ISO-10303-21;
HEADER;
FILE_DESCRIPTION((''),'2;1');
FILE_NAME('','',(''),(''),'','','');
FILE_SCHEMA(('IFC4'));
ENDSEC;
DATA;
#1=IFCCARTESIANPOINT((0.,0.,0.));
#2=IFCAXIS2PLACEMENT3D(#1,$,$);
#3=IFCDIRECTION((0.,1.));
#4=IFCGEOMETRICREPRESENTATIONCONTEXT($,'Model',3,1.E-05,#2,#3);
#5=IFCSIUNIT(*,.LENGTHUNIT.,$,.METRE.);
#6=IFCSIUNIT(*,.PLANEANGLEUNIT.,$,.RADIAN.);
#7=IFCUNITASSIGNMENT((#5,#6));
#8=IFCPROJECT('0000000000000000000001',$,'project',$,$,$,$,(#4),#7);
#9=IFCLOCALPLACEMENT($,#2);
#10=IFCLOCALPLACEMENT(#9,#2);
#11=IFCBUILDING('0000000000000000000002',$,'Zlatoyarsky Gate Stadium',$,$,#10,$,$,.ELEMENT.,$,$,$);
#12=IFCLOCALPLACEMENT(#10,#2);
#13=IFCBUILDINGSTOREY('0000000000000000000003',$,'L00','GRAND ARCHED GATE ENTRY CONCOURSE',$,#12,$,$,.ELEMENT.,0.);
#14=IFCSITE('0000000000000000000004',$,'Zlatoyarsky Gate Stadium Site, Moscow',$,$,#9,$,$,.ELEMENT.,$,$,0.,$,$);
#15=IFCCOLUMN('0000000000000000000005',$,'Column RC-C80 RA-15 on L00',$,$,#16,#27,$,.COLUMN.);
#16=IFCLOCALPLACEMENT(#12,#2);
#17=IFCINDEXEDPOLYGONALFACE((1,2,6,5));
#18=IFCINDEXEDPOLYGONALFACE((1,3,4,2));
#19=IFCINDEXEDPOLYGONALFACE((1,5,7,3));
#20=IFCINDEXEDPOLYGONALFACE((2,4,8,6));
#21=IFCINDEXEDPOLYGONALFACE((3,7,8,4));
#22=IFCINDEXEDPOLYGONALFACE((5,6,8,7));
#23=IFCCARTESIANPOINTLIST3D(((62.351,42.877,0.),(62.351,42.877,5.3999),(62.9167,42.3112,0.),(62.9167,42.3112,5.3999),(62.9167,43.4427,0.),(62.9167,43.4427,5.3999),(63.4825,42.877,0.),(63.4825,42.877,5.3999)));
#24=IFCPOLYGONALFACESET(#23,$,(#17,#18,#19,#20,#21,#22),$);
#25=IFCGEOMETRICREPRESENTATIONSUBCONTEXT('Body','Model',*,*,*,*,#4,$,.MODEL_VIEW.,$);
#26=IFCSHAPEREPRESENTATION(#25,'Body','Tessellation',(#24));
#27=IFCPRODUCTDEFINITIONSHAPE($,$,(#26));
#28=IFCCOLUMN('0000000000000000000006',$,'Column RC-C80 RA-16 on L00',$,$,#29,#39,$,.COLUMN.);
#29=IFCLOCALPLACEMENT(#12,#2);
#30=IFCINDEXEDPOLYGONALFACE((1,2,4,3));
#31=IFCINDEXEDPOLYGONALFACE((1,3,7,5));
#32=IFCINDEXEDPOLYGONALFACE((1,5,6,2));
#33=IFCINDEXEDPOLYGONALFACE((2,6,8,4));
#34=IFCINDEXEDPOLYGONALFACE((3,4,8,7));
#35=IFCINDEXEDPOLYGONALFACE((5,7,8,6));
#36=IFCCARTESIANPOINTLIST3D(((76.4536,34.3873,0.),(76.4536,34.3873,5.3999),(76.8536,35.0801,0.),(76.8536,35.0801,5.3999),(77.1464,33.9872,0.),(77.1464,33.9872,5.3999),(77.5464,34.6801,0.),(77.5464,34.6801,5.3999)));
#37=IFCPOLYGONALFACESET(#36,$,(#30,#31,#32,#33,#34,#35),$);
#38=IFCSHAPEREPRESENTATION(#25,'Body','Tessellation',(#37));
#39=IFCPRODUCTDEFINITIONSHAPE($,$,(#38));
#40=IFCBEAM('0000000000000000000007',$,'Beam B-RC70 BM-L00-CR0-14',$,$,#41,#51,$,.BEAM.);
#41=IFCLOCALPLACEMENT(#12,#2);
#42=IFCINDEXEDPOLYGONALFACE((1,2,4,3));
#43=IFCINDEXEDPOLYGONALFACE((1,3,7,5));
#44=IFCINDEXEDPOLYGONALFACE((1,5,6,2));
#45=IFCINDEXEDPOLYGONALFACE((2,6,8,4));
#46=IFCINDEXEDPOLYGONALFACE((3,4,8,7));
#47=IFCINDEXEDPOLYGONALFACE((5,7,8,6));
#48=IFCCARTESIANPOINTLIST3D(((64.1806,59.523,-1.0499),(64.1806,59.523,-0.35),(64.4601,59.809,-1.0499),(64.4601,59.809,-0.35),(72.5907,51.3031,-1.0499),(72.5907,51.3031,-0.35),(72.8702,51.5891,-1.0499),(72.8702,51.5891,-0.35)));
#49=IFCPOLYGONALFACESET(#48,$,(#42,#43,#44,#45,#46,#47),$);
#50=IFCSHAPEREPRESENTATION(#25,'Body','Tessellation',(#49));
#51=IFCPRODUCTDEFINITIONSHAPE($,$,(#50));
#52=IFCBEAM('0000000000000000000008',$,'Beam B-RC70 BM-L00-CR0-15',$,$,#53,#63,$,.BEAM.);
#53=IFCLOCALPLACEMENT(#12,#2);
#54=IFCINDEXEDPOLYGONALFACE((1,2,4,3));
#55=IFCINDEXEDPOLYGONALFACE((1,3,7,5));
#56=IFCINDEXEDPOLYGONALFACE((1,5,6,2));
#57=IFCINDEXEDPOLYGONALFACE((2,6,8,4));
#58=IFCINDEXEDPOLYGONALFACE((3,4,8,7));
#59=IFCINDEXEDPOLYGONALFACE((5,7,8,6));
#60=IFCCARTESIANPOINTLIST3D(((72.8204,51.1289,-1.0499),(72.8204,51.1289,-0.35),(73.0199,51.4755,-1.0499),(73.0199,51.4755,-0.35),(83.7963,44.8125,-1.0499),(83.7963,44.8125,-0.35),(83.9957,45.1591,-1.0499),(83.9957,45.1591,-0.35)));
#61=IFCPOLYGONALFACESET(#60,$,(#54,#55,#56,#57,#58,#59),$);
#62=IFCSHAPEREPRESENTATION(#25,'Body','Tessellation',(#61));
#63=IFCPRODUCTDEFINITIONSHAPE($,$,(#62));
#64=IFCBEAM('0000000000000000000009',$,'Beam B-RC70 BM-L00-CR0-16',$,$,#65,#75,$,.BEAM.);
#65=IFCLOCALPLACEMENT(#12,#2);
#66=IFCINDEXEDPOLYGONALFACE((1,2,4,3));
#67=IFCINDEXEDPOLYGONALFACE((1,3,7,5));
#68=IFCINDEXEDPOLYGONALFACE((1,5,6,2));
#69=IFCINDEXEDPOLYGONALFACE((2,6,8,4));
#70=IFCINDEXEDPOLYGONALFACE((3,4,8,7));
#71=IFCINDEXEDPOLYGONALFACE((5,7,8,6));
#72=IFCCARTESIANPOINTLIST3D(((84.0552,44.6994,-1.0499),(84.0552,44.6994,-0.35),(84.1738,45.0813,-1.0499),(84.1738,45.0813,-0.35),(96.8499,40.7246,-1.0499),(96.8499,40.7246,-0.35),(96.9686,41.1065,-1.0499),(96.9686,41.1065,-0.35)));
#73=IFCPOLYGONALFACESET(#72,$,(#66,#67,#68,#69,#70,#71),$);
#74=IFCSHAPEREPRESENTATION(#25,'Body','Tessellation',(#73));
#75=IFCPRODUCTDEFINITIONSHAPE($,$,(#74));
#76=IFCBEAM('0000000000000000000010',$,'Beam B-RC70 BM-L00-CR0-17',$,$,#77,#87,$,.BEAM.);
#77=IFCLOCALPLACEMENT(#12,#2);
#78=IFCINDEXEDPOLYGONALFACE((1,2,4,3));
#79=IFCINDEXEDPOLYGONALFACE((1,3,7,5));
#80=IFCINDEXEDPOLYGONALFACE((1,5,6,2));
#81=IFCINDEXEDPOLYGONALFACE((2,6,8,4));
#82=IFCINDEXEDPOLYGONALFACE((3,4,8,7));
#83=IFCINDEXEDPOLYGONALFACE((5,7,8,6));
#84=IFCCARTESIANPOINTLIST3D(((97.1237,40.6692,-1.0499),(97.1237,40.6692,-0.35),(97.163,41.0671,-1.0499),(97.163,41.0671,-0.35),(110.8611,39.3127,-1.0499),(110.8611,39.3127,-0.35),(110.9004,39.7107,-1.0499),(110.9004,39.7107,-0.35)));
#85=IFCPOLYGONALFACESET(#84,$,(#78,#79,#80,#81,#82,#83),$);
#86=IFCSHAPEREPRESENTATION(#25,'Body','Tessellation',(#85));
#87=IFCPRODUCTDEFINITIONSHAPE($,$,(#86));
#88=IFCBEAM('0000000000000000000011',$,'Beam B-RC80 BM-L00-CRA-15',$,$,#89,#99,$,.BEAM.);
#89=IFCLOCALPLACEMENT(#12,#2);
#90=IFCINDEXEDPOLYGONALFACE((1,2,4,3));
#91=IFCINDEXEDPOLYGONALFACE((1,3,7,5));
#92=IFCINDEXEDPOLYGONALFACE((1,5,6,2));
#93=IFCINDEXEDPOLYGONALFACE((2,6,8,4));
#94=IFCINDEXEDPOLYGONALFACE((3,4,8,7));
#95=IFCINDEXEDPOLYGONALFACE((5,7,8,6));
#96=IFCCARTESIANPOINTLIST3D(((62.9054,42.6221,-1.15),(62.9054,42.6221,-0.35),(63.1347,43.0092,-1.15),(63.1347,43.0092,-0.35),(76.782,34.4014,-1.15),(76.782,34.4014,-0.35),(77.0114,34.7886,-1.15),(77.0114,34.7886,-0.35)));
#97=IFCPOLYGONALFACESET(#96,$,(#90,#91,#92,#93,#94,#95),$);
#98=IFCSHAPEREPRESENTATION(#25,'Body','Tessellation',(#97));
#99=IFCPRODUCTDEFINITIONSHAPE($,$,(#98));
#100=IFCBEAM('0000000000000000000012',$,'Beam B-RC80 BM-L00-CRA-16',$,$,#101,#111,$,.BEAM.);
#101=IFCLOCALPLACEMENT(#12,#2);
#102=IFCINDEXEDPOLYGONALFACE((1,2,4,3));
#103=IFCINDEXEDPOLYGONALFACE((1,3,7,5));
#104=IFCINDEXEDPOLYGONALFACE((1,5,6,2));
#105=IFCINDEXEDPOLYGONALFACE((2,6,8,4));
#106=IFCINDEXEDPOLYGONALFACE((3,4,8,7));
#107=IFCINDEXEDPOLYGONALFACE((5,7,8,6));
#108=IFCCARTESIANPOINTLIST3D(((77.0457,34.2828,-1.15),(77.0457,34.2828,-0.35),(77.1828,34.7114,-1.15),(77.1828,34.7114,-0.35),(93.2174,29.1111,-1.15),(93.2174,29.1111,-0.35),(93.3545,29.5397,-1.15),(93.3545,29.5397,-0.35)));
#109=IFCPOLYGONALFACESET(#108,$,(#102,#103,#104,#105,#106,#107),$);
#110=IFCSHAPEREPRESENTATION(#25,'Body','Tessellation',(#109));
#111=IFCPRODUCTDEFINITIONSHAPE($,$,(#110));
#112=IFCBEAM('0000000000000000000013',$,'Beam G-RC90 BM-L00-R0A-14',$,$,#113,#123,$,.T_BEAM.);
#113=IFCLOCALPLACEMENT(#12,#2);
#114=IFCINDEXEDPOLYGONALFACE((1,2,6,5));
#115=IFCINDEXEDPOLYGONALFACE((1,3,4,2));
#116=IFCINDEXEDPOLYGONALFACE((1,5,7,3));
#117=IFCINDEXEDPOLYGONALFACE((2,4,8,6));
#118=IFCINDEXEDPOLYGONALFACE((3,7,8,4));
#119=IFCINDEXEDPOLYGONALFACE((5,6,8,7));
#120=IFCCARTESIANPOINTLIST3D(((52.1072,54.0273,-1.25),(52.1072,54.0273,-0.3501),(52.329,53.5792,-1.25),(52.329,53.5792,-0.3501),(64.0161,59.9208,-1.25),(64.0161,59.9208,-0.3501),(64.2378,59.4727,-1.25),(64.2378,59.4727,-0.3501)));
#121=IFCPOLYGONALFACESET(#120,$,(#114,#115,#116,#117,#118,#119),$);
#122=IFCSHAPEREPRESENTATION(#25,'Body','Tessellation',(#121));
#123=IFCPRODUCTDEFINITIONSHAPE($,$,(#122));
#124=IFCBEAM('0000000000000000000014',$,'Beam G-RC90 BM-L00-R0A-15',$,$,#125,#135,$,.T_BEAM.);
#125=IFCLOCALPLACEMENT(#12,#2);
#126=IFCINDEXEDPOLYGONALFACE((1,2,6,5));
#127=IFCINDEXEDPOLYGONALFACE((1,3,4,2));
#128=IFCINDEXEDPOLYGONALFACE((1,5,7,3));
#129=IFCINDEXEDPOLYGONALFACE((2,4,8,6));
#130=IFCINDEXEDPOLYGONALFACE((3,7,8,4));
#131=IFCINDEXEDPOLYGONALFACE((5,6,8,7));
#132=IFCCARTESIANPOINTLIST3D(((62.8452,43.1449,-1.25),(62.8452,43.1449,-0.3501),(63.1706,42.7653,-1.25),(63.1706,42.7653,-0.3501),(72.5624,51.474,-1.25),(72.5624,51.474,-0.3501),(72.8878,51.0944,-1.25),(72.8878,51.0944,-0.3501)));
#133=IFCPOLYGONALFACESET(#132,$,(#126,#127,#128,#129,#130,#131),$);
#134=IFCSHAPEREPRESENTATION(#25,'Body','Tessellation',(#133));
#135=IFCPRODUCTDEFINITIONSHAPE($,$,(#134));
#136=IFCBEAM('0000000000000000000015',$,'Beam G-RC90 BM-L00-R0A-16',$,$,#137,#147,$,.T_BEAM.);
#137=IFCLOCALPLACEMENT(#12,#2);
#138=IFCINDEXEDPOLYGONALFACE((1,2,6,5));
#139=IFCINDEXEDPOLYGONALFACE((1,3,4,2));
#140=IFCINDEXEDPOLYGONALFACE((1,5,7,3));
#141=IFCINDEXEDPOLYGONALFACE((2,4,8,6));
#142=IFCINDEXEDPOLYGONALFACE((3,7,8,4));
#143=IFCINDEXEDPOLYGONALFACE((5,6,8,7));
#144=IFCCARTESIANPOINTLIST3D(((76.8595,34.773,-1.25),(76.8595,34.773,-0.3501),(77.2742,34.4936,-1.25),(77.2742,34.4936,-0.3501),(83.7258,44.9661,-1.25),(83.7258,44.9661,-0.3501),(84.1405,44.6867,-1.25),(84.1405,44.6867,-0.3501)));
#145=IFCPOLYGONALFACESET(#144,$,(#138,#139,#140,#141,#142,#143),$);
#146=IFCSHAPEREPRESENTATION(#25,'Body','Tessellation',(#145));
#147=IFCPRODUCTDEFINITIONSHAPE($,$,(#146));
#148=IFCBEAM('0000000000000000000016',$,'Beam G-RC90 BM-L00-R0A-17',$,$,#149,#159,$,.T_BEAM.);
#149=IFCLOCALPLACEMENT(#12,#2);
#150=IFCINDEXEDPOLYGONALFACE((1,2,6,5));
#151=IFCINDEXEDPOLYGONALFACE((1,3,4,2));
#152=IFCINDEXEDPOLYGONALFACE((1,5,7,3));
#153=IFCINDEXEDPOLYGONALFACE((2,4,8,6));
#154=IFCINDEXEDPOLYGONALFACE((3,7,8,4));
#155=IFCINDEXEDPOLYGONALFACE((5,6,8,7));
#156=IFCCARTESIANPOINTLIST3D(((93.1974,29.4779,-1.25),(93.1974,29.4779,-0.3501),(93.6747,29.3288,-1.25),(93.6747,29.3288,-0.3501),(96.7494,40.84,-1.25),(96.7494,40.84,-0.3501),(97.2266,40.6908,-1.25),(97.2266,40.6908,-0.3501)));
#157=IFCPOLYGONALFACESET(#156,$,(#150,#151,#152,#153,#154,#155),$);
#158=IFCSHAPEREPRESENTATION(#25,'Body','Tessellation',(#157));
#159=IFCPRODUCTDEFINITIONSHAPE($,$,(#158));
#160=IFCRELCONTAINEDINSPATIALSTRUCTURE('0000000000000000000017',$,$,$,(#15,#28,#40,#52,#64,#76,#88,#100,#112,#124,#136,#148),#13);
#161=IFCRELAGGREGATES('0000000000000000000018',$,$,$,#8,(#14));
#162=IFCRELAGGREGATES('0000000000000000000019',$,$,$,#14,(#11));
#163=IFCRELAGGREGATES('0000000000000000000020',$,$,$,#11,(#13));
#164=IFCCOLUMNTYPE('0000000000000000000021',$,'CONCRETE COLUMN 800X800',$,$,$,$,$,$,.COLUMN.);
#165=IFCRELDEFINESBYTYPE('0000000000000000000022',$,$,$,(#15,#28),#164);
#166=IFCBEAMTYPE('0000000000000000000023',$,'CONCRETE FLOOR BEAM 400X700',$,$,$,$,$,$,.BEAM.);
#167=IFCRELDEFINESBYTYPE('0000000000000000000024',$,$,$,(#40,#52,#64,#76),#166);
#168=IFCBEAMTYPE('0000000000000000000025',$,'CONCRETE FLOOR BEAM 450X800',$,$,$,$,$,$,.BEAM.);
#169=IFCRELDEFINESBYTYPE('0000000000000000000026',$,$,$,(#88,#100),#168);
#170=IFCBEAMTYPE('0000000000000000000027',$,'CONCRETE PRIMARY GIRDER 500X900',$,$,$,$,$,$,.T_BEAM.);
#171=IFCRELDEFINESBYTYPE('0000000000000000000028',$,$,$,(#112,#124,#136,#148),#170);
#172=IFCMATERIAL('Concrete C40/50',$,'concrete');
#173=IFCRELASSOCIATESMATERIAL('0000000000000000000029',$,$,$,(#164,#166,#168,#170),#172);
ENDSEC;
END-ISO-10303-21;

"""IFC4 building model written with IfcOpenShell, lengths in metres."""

from ifc_helpers import new_model, si_unit, direction, frame, origin, origin_2d, place, context, subcontext, project, spatial, rectangle, extrude, material, material_profile, profile_set, type_object, element, save


model = new_model("IFC4")

# Units and contexts
model_context = context("Model", 3, precision=1e-05, world=origin(), true_north=direction((0.0, 1.0)))
body_context = subcontext(model_context, "Body", "Model", "MODEL_VIEW")
ifc_project = project(units=[si_unit("LENGTHUNIT", "METRE"), si_unit("PLANEANGLEUNIT", "RADIAN")], contexts=[model_context])

# Site, building, storey
site_placement = place(None, origin())
site = spatial("IfcSite", under=ifc_project, at=site_placement, Name="Zlatoyarsky Gate Stadium Site, Moscow", CompositionType="ELEMENT", RefElevation=0.0)
building_placement = place(site_placement, origin())
building = spatial("IfcBuilding", under=site, at=building_placement, Name="Zlatoyarsky Gate Stadium", CompositionType="ELEMENT")
storey_placement = place(building_placement, origin())
storey = spatial("IfcBuildingStorey", under=building, at=storey_placement, Name="L00", Description="GRAND ARCHED GATE ENTRY CONCOURSE", CompositionType="ELEMENT", Elevation=0.0)

# Columns
ifc_material_1 = material(Name="Concrete C40/50", Category="concrete")
ifc_material_profile_1 = material_profile(ifc_material_1, rectangle(XDim=0.8, YDim=0.8, at=origin_2d()), Name="RC COL 800X800")
ifc_profile_set_1 = profile_set([ifc_material_profile_1], Name="Concrete C40/50")
column_type = type_object("IfcColumnType", Name="CONCRETE COLUMN 800X800", PredefinedType="COLUMN", material=ifc_profile_set_1)
for number, where, z_axis, x_axis, name in (
    (1, (62.9167, 42.877, 0.0), (0.0, 0.0, 1.0), (-0.707107, -0.707107, 0.0), "Column RC-C80 RA-15 on L00"),
    (2, (77.0, 34.5337, 0.0), (0.0, 0.0, 1.0), (-0.5, -0.866025, 0.0), "Column RC-C80 RA-16 on L00"),
):
    element("IfcColumn", number, at=place(storey_placement, frame(where, z_axis=z_axis, x_axis=x_axis)), inside=storey, type_object=column_type, Name=name, PredefinedType="COLUMN", context=body_context, shape_type="SweptSolid", body=[
        extrude(rectangle(XDim=0.8, YDim=0.8, at=origin_2d()), origin(), (0.0, 0.0, 1.0), 5.3999),
    ])

# Beams
ifc_material_profile_2 = material_profile(ifc_material_1, rectangle(XDim=0.3999, YDim=0.7, at=origin_2d()), Name="RC BEAM 400X700")
ifc_profile_set_2 = profile_set([ifc_material_profile_2], Name="Concrete C40/50")
beam_type_1 = type_object("IfcBeamType", Name="CONCRETE FLOOR BEAM 400X700", PredefinedType="BEAM", material=ifc_profile_set_2)
beam_1_placement = place(storey_placement, frame((64.3203, 59.666, -0.7), z_axis=(0.715147, -0.698974, 0.0), x_axis=(0.698974, 0.715147, 0.0)))
element("IfcBeam", 3, at=beam_1_placement, inside=storey, type_object=beam_type_1, Name="Beam B-RC70 BM-L00-CR0-14", PredefinedType="BEAM", context=body_context, shape_type="SweptSolid", body=[
    extrude(rectangle(XDim=0.3999, YDim=0.7, at=origin_2d()), origin(), (0.0, 0.0, 1.0), 11.76),
])
beam_2_placement = place(storey_placement, frame((72.9202, 51.3022, -0.7), z_axis=(0.866725, -0.498786, 0.0), x_axis=(0.498786, 0.866725, 0.0)))
element("IfcBeam", 4, at=beam_2_placement, inside=storey, type_object=beam_type_1, Name="Beam B-RC70 BM-L00-CR0-15", PredefinedType="BEAM", context=body_context, shape_type="SweptSolid", body=[
    extrude(rectangle(XDim=0.3999, YDim=0.7, at=origin_2d()), origin(), (0.0, 0.0, 1.0), 12.6636),
])
beam_3_placement = place(storey_placement, frame((84.1145, 44.8904, -0.7), z_axis=(0.954978, -0.296678, 0.0), x_axis=(0.296678, 0.954978, 0.0)))
element("IfcBeam", 5, at=beam_3_placement, inside=storey, type_object=beam_type_1, Name="Beam B-RC70 BM-L00-CR0-16", PredefinedType="BEAM", context=body_context, shape_type="SweptSolid", body=[
    extrude(rectangle(XDim=0.3999, YDim=0.7, at=origin_2d()), origin(), (0.0, 0.0, 1.0), 13.3979),
])
beam_4_placement = place(storey_placement, frame((97.1433, 40.8682, -0.7), z_axis=(0.99516, -0.098264, 0.0), x_axis=(0.098264, 0.99516, 0.0)))
element("IfcBeam", 6, at=beam_4_placement, inside=storey, type_object=beam_type_1, Name="Beam B-RC70 BM-L00-CR0-17", PredefinedType="BEAM", context=body_context, shape_type="SweptSolid", body=[
    extrude(rectangle(XDim=0.3999, YDim=0.7, at=origin_2d()), origin(), (0.0, 0.0, 1.0), 13.8042),
])
ifc_material_profile_3 = material_profile(ifc_material_1, rectangle(XDim=0.45, YDim=0.8, at=origin_2d()), Name="RC BEAM 450X800")
ifc_profile_set_3 = profile_set([ifc_material_profile_3], Name="Concrete C40/50")
beam_type_2 = type_object("IfcBeamType", Name="CONCRETE FLOOR BEAM 450X800", PredefinedType="BEAM", material=ifc_profile_set_3)
beam_5_placement = place(storey_placement, frame((63.02, 42.8157, -0.75), z_axis=(0.86036, -0.509686, 0.0), x_axis=(0.509686, 0.86036, 0.0)))
element("IfcBeam", 7, at=beam_5_placement, inside=storey, type_object=beam_type_2, Name="Beam B-RC80 BM-L00-CRA-15", PredefinedType="BEAM", context=body_context, shape_type="SweptSolid", body=[
    extrude(rectangle(XDim=0.45, YDim=0.8, at=origin_2d()), origin(), (0.0, 0.0, 1.0), 16.1289),
])
beam_6_placement = place(storey_placement, frame((77.1143, 34.4971, -0.75), z_axis=(0.95248, -0.3046, 0.0), x_axis=(0.3046, 0.95248, 0.0)))
element("IfcBeam", 8, at=beam_6_placement, inside=storey, type_object=beam_type_2, Name="Beam B-RC80 BM-L00-CRA-16", PredefinedType="BEAM", context=body_context, shape_type="SweptSolid", body=[
    extrude(rectangle(XDim=0.45, YDim=0.8, at=origin_2d()), origin(), (0.0, 0.0, 1.0), 16.9785),
])
ifc_material_profile_4 = material_profile(ifc_material_1, rectangle(XDim=0.5, YDim=0.8999, at=origin_2d()), Name="RC GIRDER 500X900")
ifc_profile_set_4 = profile_set([ifc_material_profile_4], Name="Concrete C40/50")
beam_type_3 = type_object("IfcBeamType", Name="CONCRETE PRIMARY GIRDER 500X900", PredefinedType="T_BEAM", material=ifc_profile_set_4)
beam_7_placement = place(storey_placement, frame((64.127, 59.6968, -0.8), z_axis=(-0.896253, -0.443542, 0.0), x_axis=(0.443542, -0.896253, 0.0)))
element("IfcBeam", 9, at=beam_7_placement, inside=storey, type_object=beam_type_3, Name="Beam G-RC90 BM-L00-R0A-14", PredefinedType="T_BEAM", context=body_context, shape_type="SweptSolid", body=[
    extrude(rectangle(XDim=0.5, YDim=0.8999, at=origin_2d()), origin(), (0.0, 0.0, 1.0), 13.2874),
])
beam_8_placement = place(storey_placement, frame((72.7251, 51.2842, -0.8), z_axis=(-0.759257, -0.650791, 0.0), x_axis=(0.650791, -0.759257, 0.0)))
element("IfcBeam", 10, at=beam_8_placement, inside=storey, type_object=beam_type_3, Name="Beam G-RC90 BM-L00-R0A-15", PredefinedType="T_BEAM", context=body_context, shape_type="SweptSolid", body=[
    extrude(rectangle(XDim=0.5, YDim=0.8999, at=origin_2d()), origin(), (0.0, 0.0, 1.0), 12.7983),
])
beam_9_placement = place(storey_placement, frame((83.9331, 44.8264, -0.8), z_axis=(-0.558682, -0.829382, 0.0), x_axis=(0.829382, -0.558682, 0.0)))
element("IfcBeam", 11, at=beam_9_placement, inside=storey, type_object=beam_type_3, Name="Beam G-RC90 BM-L00-R0A-16", PredefinedType="T_BEAM", context=body_context, shape_type="SweptSolid", body=[
    extrude(rectangle(XDim=0.5, YDim=0.8999, at=origin_2d()), origin(), (0.0, 0.0, 1.0), 12.29),
])
beam_10_placement = place(storey_placement, frame((96.988, 40.7654, -0.8), z_axis=(-0.298379, -0.954447, 0.0), x_axis=(0.954447, -0.298379, 0.0)))
element("IfcBeam", 12, at=beam_10_placement, inside=storey, type_object=beam_type_3, Name="Beam G-RC90 BM-L00-R0A-17", PredefinedType="T_BEAM", context=body_context, shape_type="SweptSolid", body=[
    extrude(rectangle(XDim=0.5, YDim=0.8999, at=origin_2d()), origin(), (0.0, 0.0, 1.0), 11.9043),
])

save(model, "model.ifc")
